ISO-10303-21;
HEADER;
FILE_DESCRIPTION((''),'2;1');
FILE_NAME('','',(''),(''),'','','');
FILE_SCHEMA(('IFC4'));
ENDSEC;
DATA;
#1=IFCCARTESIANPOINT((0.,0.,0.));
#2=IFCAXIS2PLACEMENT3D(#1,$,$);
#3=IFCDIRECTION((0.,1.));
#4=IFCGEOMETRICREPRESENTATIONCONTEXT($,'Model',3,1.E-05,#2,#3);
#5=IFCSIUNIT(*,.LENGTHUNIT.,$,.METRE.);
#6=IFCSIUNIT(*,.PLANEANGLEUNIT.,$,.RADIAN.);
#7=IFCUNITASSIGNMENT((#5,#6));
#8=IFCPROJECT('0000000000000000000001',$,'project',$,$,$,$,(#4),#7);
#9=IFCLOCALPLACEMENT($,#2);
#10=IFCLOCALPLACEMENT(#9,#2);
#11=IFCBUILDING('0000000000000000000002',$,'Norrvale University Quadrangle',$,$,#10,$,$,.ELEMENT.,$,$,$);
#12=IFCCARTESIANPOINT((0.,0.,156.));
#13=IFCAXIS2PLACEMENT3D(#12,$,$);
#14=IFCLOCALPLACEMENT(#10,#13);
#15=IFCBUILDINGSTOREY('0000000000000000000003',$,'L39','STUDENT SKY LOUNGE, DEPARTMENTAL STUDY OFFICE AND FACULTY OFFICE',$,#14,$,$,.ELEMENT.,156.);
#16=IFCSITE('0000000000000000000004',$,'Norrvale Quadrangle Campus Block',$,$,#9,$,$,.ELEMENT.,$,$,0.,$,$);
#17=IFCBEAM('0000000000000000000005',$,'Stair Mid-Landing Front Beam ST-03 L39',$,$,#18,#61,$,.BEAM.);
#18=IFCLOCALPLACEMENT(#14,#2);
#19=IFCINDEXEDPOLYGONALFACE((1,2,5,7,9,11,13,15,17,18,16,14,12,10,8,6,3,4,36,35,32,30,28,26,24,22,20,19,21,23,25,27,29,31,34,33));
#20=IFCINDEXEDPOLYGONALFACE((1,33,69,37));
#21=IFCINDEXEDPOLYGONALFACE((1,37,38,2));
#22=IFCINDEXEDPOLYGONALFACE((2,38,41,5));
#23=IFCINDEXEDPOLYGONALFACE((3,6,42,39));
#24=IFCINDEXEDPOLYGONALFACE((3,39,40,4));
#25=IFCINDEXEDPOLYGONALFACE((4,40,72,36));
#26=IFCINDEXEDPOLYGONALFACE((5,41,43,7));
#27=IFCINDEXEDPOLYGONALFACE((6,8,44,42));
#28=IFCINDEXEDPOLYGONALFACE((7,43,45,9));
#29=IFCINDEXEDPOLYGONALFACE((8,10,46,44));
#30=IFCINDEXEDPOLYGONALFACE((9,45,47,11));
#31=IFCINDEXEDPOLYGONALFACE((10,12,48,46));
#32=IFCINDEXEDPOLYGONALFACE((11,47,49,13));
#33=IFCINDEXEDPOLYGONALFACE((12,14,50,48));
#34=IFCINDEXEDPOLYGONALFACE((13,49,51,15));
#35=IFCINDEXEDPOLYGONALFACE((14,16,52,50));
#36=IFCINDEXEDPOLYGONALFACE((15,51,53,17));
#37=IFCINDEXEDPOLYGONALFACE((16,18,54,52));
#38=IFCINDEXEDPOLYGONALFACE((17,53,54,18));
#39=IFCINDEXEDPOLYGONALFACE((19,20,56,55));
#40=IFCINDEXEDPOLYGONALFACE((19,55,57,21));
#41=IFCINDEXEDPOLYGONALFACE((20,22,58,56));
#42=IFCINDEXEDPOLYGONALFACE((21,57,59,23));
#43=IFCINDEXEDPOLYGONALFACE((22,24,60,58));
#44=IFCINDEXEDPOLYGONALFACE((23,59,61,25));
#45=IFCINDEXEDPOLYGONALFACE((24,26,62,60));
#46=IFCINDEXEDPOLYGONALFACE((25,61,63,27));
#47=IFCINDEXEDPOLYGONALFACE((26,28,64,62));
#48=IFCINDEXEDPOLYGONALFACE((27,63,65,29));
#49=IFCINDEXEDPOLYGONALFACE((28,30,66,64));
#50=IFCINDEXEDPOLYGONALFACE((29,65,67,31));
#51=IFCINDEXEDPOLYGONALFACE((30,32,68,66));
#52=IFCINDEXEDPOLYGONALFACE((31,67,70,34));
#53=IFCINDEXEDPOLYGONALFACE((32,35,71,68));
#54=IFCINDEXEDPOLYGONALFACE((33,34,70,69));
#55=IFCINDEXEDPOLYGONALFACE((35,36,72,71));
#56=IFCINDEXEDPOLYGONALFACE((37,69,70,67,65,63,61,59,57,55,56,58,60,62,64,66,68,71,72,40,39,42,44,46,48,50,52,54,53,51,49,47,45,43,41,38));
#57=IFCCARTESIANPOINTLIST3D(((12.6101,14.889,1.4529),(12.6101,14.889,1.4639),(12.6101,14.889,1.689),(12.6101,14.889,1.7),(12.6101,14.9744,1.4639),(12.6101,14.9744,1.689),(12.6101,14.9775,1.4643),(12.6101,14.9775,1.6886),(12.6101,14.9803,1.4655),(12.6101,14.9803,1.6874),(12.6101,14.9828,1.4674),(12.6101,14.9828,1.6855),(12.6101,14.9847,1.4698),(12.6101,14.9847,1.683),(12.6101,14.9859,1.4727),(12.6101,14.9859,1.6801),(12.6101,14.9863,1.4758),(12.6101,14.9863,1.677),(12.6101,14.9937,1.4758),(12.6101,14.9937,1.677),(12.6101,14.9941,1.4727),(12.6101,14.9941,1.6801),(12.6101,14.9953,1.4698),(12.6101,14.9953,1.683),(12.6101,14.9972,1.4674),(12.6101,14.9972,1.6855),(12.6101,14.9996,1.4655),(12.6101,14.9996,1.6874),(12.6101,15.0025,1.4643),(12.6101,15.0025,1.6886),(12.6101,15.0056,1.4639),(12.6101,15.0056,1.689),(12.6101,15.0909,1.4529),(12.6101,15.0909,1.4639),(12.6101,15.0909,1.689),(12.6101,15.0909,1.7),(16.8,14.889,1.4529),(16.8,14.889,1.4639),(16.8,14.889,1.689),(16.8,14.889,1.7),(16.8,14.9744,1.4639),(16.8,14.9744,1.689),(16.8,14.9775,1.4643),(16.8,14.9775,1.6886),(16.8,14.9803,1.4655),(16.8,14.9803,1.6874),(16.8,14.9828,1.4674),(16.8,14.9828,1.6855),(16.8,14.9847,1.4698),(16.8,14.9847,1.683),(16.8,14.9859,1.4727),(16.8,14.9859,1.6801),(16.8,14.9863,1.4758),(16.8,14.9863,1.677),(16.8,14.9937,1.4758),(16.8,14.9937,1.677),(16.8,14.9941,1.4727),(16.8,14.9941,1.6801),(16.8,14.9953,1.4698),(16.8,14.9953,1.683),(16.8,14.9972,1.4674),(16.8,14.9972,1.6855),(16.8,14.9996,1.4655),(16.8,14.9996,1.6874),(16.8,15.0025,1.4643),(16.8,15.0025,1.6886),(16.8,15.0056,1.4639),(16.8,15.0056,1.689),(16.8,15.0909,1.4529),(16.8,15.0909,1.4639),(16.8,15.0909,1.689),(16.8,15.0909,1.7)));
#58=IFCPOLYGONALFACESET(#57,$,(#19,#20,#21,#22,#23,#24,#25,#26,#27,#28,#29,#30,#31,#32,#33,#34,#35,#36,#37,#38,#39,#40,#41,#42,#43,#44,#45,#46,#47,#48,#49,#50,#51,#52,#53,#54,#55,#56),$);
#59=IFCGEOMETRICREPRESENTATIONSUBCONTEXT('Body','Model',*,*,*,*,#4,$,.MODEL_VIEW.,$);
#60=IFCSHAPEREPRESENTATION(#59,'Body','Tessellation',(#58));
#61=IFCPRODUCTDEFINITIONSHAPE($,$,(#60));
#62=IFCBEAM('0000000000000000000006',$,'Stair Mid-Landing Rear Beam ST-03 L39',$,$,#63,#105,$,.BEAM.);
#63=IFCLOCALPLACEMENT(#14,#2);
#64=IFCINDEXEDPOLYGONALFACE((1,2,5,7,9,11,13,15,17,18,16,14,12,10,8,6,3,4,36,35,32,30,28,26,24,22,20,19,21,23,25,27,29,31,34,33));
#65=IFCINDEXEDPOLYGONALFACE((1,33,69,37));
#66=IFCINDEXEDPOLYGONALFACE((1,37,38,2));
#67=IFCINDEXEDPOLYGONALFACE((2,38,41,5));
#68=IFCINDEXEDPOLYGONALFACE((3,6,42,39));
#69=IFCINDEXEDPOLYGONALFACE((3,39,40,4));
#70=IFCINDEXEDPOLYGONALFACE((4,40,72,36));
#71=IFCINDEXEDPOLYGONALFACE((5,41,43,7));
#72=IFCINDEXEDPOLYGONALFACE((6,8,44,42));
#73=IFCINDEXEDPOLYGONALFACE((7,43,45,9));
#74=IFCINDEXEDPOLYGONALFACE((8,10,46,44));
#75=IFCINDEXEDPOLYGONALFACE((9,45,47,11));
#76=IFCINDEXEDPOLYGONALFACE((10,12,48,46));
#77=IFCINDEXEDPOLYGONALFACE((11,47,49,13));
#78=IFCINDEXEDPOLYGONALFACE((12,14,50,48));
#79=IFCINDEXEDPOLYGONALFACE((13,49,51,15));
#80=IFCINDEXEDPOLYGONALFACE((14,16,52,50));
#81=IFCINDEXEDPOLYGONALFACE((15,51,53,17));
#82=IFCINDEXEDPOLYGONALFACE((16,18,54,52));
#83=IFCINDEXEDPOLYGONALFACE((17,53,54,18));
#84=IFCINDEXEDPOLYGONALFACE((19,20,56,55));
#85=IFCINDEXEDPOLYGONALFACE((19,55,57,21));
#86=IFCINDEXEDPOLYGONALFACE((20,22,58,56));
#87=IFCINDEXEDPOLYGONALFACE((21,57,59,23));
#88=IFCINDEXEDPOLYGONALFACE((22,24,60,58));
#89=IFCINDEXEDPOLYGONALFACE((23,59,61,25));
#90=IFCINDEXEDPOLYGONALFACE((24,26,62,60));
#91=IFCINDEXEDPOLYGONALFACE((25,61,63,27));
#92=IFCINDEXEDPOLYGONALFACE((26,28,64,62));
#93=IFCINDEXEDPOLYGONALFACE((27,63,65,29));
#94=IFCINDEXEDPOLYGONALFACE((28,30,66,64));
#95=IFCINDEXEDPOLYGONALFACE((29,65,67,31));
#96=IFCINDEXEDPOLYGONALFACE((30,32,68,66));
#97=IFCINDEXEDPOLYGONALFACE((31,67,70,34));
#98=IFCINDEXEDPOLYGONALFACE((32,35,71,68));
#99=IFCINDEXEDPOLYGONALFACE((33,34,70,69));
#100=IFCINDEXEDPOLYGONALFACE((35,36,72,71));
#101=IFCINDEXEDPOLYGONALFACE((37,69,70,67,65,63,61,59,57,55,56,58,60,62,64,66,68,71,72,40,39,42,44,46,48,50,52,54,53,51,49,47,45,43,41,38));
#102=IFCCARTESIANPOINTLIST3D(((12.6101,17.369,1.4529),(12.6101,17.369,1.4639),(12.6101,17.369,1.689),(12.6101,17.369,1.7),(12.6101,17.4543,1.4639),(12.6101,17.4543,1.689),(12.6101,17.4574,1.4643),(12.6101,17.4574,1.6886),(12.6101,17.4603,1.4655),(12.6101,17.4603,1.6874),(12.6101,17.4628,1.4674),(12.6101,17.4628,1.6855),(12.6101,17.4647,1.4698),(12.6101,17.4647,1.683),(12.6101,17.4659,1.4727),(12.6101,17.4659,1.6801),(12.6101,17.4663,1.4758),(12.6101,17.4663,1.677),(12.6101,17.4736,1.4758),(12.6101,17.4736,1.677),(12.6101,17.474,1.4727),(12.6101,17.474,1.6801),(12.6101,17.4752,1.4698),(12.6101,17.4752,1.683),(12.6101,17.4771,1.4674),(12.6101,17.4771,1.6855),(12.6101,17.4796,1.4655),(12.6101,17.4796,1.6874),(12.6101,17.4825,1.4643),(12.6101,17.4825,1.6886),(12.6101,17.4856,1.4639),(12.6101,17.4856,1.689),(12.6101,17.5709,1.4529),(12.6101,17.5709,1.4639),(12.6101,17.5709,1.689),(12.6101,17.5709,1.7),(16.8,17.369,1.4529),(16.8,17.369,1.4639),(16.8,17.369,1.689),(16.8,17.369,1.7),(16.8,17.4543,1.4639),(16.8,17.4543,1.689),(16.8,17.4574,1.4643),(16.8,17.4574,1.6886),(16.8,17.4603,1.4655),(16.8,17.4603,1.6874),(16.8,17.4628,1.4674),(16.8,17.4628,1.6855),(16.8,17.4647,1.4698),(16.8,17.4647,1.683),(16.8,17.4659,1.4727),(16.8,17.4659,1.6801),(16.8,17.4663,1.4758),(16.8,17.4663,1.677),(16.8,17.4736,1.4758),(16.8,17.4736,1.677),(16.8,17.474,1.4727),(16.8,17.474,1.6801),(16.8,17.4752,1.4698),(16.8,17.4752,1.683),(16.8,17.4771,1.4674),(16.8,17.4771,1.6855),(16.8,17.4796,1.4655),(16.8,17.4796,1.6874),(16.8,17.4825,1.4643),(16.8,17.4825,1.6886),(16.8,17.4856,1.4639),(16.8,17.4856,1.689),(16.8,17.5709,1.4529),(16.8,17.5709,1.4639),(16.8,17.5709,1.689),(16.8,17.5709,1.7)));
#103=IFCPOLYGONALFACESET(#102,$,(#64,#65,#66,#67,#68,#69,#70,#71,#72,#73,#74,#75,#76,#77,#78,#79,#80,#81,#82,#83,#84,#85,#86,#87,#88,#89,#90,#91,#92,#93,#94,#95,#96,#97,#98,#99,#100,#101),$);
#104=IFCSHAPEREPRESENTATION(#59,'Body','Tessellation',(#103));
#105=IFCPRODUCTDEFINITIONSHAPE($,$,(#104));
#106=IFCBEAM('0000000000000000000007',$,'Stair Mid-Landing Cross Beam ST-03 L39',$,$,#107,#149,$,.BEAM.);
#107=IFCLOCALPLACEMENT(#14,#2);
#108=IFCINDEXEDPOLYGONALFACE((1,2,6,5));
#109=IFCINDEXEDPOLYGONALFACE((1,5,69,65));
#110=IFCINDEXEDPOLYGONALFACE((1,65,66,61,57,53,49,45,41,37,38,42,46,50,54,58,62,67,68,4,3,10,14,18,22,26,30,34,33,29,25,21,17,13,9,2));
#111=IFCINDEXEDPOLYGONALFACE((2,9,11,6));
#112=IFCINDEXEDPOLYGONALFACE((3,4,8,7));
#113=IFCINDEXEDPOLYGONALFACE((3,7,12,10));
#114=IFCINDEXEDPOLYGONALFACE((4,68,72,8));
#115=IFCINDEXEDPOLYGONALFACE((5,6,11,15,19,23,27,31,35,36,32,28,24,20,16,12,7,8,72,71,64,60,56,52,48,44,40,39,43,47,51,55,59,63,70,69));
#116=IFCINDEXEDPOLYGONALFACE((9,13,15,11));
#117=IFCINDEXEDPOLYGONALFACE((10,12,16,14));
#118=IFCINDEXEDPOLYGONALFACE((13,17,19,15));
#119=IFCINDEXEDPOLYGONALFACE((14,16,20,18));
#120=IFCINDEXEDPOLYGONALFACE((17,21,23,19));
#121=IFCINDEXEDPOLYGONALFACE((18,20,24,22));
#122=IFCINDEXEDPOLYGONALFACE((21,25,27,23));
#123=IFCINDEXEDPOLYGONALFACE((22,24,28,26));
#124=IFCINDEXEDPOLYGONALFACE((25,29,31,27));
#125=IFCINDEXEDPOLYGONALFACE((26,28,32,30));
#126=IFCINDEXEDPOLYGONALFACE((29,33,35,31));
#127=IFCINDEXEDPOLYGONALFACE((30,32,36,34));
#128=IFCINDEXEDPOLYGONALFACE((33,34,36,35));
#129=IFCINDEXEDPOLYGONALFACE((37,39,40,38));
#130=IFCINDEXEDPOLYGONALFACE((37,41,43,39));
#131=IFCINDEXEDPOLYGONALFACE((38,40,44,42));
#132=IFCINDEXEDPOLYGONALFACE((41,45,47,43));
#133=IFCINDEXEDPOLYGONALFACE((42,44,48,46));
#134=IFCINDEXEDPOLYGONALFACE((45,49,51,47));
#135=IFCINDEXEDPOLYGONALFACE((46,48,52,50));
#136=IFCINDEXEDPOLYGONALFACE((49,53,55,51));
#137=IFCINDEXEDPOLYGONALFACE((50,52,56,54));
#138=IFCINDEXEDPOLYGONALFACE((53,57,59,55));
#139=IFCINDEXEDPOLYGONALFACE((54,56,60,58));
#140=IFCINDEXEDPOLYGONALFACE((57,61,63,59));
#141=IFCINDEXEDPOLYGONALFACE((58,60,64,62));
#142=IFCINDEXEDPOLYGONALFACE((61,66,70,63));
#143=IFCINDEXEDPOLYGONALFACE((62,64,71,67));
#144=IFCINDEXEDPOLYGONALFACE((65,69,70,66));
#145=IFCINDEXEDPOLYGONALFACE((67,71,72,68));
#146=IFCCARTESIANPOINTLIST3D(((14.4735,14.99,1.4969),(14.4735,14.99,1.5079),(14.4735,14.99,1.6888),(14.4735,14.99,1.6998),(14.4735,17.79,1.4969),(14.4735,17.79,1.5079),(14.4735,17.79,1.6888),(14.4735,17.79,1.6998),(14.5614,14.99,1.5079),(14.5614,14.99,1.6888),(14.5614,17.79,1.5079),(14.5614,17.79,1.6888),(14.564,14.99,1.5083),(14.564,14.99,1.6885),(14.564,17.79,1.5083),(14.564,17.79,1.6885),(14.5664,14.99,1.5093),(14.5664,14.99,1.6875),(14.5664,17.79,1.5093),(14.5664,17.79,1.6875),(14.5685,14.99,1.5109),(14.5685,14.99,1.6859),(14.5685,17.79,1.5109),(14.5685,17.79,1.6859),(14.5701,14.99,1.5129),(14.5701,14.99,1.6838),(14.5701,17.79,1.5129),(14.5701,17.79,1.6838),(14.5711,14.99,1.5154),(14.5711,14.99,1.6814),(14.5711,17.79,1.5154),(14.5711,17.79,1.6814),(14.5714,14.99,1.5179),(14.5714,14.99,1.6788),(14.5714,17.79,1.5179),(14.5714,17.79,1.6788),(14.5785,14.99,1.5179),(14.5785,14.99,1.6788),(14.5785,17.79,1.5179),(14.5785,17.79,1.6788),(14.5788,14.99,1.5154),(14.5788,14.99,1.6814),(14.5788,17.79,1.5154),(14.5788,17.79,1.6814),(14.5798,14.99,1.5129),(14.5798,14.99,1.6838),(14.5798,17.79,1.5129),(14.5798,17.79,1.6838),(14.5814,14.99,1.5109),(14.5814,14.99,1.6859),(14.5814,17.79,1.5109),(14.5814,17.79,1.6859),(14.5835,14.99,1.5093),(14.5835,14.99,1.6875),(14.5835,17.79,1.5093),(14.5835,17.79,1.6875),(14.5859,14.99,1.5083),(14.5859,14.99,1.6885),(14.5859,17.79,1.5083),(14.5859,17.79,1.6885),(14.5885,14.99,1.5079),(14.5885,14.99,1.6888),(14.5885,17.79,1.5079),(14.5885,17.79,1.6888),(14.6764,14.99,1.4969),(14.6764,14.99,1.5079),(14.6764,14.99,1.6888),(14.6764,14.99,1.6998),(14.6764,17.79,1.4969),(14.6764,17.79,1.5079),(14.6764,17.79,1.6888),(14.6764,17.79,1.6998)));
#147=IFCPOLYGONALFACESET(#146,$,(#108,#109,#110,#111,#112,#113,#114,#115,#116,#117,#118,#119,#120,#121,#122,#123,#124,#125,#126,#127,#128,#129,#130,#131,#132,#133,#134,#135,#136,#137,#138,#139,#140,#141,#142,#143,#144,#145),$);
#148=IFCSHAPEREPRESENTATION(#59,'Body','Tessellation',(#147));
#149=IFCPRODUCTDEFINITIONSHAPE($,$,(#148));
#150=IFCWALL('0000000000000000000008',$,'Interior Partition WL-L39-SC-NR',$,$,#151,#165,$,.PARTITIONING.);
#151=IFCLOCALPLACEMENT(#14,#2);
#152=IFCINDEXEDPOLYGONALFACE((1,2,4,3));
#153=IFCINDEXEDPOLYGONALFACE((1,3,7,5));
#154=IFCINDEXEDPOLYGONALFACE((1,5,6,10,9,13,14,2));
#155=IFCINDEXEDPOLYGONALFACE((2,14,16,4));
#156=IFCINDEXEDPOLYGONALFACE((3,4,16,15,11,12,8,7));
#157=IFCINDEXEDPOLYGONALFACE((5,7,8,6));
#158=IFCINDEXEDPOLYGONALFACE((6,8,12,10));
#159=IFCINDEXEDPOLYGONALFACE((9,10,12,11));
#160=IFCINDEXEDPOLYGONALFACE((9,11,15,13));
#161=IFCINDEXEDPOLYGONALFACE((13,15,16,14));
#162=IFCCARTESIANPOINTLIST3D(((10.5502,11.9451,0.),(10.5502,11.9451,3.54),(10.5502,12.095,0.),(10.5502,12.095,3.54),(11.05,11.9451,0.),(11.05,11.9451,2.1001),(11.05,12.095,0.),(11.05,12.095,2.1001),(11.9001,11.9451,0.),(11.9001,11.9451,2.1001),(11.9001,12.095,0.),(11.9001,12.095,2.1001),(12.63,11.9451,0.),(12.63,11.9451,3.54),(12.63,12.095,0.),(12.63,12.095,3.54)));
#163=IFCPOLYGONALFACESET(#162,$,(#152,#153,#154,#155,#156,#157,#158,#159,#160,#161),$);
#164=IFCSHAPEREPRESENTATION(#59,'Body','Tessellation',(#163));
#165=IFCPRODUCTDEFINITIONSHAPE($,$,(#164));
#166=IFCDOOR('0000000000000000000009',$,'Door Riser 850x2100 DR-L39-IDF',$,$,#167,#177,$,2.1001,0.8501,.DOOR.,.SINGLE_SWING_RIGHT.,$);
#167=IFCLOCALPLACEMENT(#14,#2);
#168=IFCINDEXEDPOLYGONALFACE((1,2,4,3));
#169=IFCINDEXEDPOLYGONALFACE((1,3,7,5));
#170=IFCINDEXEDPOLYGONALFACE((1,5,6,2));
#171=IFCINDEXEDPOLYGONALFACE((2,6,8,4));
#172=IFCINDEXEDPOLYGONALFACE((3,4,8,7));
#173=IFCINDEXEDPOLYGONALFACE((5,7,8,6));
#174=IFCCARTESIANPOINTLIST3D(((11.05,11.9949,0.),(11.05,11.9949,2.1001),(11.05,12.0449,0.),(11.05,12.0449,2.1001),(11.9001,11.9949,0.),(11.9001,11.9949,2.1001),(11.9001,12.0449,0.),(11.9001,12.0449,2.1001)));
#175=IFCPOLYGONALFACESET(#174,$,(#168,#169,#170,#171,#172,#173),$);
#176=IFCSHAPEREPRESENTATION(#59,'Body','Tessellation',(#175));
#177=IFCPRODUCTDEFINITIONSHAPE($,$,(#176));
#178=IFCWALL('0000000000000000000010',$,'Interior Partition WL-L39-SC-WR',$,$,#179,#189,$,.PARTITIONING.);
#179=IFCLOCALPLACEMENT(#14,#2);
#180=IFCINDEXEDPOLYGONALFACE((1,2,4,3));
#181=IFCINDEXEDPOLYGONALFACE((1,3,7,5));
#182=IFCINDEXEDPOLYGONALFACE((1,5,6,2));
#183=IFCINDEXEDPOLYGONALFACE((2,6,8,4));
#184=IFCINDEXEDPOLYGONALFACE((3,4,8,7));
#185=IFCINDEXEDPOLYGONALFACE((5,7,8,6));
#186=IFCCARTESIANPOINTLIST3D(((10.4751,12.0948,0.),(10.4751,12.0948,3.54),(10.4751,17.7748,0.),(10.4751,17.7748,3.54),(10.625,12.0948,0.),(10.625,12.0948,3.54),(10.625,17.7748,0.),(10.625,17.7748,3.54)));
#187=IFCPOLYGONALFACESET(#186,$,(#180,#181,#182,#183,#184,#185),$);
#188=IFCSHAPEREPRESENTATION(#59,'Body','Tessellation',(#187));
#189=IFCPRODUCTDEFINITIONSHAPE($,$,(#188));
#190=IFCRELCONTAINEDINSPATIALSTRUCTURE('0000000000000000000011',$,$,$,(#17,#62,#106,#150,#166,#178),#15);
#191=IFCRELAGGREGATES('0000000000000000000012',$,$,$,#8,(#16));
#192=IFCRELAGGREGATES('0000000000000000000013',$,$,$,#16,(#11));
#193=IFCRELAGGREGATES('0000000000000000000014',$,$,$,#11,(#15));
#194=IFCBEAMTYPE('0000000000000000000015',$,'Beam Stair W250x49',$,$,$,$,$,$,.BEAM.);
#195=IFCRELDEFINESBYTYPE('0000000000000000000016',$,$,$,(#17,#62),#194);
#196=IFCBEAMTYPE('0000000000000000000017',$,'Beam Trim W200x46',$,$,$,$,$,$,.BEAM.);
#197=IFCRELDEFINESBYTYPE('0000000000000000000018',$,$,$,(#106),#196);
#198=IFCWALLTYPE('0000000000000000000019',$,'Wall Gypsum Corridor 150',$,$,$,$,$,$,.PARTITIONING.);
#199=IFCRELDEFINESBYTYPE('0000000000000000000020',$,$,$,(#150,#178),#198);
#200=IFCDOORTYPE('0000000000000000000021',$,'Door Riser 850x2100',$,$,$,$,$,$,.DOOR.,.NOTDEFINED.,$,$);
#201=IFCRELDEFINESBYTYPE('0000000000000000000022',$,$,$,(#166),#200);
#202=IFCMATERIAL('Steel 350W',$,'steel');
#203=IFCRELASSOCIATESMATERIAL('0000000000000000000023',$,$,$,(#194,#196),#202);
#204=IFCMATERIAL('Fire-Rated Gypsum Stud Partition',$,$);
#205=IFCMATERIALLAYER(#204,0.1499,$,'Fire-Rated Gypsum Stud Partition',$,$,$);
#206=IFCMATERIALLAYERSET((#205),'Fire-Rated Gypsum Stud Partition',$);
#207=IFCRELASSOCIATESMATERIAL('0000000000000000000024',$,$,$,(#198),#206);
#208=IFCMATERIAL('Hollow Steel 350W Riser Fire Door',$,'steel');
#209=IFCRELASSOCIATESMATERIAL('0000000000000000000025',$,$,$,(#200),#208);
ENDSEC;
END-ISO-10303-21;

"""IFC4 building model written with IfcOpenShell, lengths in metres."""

from ifc_helpers import new_model, si_unit, direction, frame, frame_2d, origin, origin_2d, place, context, subcontext, project, spatial, rectangle, i_section, extrude, material, layer, layer_set, material_profile, profile_set, type_object, element, fill, save


model = new_model("IFC4")

# Units and contexts
model_context = context("Model", 3, precision=1e-05, world=origin(), true_north=direction((0.0, 1.0)))
body_context = subcontext(model_context, "Body", "Model", "MODEL_VIEW")
ifc_project = project(units=[si_unit("LENGTHUNIT", "METRE"), si_unit("PLANEANGLEUNIT", "RADIAN")], contexts=[model_context])

# Site, building, storey
site_placement = place(None, origin())
site = spatial("IfcSite", under=ifc_project, at=site_placement, Name="Norrvale Quadrangle Campus Block", CompositionType="ELEMENT", RefElevation=0.0)
building_placement = place(site_placement, origin())
building = spatial("IfcBuilding", under=site, at=building_placement, Name="Norrvale University Quadrangle", CompositionType="ELEMENT")
storey_placement = place(building_placement, frame((0.0, 0.0, 156.0)))
storey = spatial("IfcBuildingStorey", under=building, at=storey_placement, Name="L39", Description="STUDENT SKY LOUNGE, DEPARTMENTAL STUDY OFFICE AND FACULTY OFFICE", CompositionType="ELEMENT", Elevation=156.0)

# Beams
ifc_material_1 = material(Name="Steel 350W", Category="steel")
ifc_material_profile_1 = material_profile(ifc_material_1, i_section(OverallWidth=0.2019, OverallDepth=0.2471, WebThickness=0.0073, FlangeThickness=0.011, FilletRadius=0.012, at=origin_2d()), Name="Steel 350W")
ifc_profile_set_1 = profile_set([ifc_material_profile_1], Name="Steel 350W")
beam_type_1 = type_object("IfcBeamType", Name="Beam Stair W250x49", PredefinedType="BEAM", material=ifc_profile_set_1)
for number, where, z_axis, x_axis, name in (
    (1, (12.6101, 14.99, 1.5764), (1.0, 0.0, 0.0), (0.0, 1.0, 0.0), "Stair Mid-Landing Front Beam ST-03 L39"),
    (2, (12.6101, 17.47, 1.5764), (1.0, 0.0, 0.0), (0.0, 1.0, 0.0), "Stair Mid-Landing Rear Beam ST-03 L39"),
):
    element("IfcBeam", number, at=place(storey_placement, frame(where, z_axis=z_axis, x_axis=x_axis)), inside=storey, type_object=beam_type_1, Name=name, PredefinedType="BEAM", context=body_context, shape_type="SweptSolid", body=[
        extrude(i_section(OverallWidth=0.2019, OverallDepth=0.2471, WebThickness=0.0073, FlangeThickness=0.011, FilletRadius=0.012, at=origin_2d()), origin(), (0.0, 0.0, 1.0), 4.1899),
    ])
ifc_material_profile_2 = material_profile(ifc_material_1, i_section(OverallWidth=0.2029, OverallDepth=0.2029, WebThickness=0.0071, FlangeThickness=0.011, FilletRadius=0.01, at=origin_2d()), Name="Steel 350W")
ifc_profile_set_2 = profile_set([ifc_material_profile_2], Name="Steel 350W")
beam_type_2 = type_object("IfcBeamType", Name="Beam Trim W200x46", PredefinedType="BEAM", material=ifc_profile_set_2)
beam_placement = place(storey_placement, frame((14.575, 14.99, 1.5984), z_axis=(0.0, 1.0, 0.0), x_axis=(-1.0, 0.0, 0.0)))
element("IfcBeam", 3, at=beam_placement, inside=storey, type_object=beam_type_2, Name="Stair Mid-Landing Cross Beam ST-03 L39", PredefinedType="BEAM", context=body_context, shape_type="SweptSolid", body=[
    extrude(i_section(OverallWidth=0.2029, OverallDepth=0.2029, WebThickness=0.0071, FlangeThickness=0.011, FilletRadius=0.01, at=origin_2d()), origin(), (0.0, 0.0, 1.0), 2.8),
])

# Wall, opening, door
ifc_material_2 = material(Name="Fire-Rated Gypsum Stud Partition")
ifc_layer_1 = layer(ifc_material_2, 0.1499, Name="Fire-Rated Gypsum Stud Partition")
ifc_layer_set_1 = layer_set([ifc_layer_1], Name="Fire-Rated Gypsum Stud Partition")
wall_type_1 = type_object("IfcWallType", Name="Wall Gypsum Corridor 150", PredefinedType="PARTITIONING", material=ifc_layer_set_1)
wall_1_placement = place(storey_placement, frame((10.55, 12.02, 0.0), z_axis=(0.0, 0.0, 1.0), x_axis=(1.0, 0.0, 0.0)))
wall_1 = element("IfcWall", 4, at=wall_1_placement, inside=storey, type_object=wall_type_1, Name="Interior Partition WL-L39-SC-NR", PredefinedType="PARTITIONING", context=body_context, shape_type="SweptSolid", body=[
    extrude(rectangle(XDim=2.0798, YDim=0.1499, at=frame_2d((1.04, 0.0))), origin(), (0.0, 0.0, 1.0), 3.54),
])
opening_1_placement = place(wall_1_placement, frame((0.5, 0.0, 0.0)))
opening_1 = element("IfcOpeningElement", 5, at=opening_1_placement, cuts=wall_1, PredefinedType="OPENING", context=body_context, shape_type="SweptSolid", body=[
    extrude(rectangle(XDim=0.8501, YDim=2.1001, at=frame_2d((0.425, 1.05))), frame((0.0, 0.0869, 0.0), z_axis=(0.0, -1.0, 0.0), x_axis=(1.0, 0.0, 0.0)), (0.0, 0.0, 1.0), 0.1738),
])
ifc_material_3 = material(Name="Hollow Steel 350W Riser Fire Door", Category="steel")
door_type_1 = type_object("IfcDoorType", Name="Door Riser 850x2100", OperationType="NOTDEFINED", PredefinedType="DOOR", material=ifc_material_3)
door_1_placement = place(opening_1_placement, origin())
door_1 = element("IfcDoor", 6, at=door_1_placement, inside=storey, type_object=door_type_1, Name="Door Riser 850x2100 DR-L39-IDF", OperationType="SINGLE_SWING_RIGHT", OverallHeight=2.1001, OverallWidth=0.8501, PredefinedType="DOOR", context=body_context, shape_type="SweptSolid", body=[
    extrude(rectangle(XDim=0.8501, YDim=2.1001, at=frame_2d((0.425, 1.05))), frame((0.0, 0.0249, 0.0), z_axis=(0.0, -1.0, 0.0), x_axis=(1.0, 0.0, 0.0)), (0.0, 0.0, 1.0), 0.05),
])
fill(opening_1, door_1)

# Wall
wall_2_placement = place(storey_placement, frame((10.55, 12.095, 0.0), z_axis=(0.0, 0.0, 1.0), x_axis=(0.0, 1.0, 0.0)))
element("IfcWall", 7, at=wall_2_placement, inside=storey, type_object=wall_type_1, Name="Interior Partition WL-L39-SC-WR", PredefinedType="PARTITIONING", context=body_context, shape_type="SweptSolid", body=[
    extrude(rectangle(XDim=5.6799, YDim=0.1499, at=frame_2d((2.8398, 0.0))), origin(), (0.0, 0.0, 1.0), 3.54),
])

save(model, "model.ifc")
